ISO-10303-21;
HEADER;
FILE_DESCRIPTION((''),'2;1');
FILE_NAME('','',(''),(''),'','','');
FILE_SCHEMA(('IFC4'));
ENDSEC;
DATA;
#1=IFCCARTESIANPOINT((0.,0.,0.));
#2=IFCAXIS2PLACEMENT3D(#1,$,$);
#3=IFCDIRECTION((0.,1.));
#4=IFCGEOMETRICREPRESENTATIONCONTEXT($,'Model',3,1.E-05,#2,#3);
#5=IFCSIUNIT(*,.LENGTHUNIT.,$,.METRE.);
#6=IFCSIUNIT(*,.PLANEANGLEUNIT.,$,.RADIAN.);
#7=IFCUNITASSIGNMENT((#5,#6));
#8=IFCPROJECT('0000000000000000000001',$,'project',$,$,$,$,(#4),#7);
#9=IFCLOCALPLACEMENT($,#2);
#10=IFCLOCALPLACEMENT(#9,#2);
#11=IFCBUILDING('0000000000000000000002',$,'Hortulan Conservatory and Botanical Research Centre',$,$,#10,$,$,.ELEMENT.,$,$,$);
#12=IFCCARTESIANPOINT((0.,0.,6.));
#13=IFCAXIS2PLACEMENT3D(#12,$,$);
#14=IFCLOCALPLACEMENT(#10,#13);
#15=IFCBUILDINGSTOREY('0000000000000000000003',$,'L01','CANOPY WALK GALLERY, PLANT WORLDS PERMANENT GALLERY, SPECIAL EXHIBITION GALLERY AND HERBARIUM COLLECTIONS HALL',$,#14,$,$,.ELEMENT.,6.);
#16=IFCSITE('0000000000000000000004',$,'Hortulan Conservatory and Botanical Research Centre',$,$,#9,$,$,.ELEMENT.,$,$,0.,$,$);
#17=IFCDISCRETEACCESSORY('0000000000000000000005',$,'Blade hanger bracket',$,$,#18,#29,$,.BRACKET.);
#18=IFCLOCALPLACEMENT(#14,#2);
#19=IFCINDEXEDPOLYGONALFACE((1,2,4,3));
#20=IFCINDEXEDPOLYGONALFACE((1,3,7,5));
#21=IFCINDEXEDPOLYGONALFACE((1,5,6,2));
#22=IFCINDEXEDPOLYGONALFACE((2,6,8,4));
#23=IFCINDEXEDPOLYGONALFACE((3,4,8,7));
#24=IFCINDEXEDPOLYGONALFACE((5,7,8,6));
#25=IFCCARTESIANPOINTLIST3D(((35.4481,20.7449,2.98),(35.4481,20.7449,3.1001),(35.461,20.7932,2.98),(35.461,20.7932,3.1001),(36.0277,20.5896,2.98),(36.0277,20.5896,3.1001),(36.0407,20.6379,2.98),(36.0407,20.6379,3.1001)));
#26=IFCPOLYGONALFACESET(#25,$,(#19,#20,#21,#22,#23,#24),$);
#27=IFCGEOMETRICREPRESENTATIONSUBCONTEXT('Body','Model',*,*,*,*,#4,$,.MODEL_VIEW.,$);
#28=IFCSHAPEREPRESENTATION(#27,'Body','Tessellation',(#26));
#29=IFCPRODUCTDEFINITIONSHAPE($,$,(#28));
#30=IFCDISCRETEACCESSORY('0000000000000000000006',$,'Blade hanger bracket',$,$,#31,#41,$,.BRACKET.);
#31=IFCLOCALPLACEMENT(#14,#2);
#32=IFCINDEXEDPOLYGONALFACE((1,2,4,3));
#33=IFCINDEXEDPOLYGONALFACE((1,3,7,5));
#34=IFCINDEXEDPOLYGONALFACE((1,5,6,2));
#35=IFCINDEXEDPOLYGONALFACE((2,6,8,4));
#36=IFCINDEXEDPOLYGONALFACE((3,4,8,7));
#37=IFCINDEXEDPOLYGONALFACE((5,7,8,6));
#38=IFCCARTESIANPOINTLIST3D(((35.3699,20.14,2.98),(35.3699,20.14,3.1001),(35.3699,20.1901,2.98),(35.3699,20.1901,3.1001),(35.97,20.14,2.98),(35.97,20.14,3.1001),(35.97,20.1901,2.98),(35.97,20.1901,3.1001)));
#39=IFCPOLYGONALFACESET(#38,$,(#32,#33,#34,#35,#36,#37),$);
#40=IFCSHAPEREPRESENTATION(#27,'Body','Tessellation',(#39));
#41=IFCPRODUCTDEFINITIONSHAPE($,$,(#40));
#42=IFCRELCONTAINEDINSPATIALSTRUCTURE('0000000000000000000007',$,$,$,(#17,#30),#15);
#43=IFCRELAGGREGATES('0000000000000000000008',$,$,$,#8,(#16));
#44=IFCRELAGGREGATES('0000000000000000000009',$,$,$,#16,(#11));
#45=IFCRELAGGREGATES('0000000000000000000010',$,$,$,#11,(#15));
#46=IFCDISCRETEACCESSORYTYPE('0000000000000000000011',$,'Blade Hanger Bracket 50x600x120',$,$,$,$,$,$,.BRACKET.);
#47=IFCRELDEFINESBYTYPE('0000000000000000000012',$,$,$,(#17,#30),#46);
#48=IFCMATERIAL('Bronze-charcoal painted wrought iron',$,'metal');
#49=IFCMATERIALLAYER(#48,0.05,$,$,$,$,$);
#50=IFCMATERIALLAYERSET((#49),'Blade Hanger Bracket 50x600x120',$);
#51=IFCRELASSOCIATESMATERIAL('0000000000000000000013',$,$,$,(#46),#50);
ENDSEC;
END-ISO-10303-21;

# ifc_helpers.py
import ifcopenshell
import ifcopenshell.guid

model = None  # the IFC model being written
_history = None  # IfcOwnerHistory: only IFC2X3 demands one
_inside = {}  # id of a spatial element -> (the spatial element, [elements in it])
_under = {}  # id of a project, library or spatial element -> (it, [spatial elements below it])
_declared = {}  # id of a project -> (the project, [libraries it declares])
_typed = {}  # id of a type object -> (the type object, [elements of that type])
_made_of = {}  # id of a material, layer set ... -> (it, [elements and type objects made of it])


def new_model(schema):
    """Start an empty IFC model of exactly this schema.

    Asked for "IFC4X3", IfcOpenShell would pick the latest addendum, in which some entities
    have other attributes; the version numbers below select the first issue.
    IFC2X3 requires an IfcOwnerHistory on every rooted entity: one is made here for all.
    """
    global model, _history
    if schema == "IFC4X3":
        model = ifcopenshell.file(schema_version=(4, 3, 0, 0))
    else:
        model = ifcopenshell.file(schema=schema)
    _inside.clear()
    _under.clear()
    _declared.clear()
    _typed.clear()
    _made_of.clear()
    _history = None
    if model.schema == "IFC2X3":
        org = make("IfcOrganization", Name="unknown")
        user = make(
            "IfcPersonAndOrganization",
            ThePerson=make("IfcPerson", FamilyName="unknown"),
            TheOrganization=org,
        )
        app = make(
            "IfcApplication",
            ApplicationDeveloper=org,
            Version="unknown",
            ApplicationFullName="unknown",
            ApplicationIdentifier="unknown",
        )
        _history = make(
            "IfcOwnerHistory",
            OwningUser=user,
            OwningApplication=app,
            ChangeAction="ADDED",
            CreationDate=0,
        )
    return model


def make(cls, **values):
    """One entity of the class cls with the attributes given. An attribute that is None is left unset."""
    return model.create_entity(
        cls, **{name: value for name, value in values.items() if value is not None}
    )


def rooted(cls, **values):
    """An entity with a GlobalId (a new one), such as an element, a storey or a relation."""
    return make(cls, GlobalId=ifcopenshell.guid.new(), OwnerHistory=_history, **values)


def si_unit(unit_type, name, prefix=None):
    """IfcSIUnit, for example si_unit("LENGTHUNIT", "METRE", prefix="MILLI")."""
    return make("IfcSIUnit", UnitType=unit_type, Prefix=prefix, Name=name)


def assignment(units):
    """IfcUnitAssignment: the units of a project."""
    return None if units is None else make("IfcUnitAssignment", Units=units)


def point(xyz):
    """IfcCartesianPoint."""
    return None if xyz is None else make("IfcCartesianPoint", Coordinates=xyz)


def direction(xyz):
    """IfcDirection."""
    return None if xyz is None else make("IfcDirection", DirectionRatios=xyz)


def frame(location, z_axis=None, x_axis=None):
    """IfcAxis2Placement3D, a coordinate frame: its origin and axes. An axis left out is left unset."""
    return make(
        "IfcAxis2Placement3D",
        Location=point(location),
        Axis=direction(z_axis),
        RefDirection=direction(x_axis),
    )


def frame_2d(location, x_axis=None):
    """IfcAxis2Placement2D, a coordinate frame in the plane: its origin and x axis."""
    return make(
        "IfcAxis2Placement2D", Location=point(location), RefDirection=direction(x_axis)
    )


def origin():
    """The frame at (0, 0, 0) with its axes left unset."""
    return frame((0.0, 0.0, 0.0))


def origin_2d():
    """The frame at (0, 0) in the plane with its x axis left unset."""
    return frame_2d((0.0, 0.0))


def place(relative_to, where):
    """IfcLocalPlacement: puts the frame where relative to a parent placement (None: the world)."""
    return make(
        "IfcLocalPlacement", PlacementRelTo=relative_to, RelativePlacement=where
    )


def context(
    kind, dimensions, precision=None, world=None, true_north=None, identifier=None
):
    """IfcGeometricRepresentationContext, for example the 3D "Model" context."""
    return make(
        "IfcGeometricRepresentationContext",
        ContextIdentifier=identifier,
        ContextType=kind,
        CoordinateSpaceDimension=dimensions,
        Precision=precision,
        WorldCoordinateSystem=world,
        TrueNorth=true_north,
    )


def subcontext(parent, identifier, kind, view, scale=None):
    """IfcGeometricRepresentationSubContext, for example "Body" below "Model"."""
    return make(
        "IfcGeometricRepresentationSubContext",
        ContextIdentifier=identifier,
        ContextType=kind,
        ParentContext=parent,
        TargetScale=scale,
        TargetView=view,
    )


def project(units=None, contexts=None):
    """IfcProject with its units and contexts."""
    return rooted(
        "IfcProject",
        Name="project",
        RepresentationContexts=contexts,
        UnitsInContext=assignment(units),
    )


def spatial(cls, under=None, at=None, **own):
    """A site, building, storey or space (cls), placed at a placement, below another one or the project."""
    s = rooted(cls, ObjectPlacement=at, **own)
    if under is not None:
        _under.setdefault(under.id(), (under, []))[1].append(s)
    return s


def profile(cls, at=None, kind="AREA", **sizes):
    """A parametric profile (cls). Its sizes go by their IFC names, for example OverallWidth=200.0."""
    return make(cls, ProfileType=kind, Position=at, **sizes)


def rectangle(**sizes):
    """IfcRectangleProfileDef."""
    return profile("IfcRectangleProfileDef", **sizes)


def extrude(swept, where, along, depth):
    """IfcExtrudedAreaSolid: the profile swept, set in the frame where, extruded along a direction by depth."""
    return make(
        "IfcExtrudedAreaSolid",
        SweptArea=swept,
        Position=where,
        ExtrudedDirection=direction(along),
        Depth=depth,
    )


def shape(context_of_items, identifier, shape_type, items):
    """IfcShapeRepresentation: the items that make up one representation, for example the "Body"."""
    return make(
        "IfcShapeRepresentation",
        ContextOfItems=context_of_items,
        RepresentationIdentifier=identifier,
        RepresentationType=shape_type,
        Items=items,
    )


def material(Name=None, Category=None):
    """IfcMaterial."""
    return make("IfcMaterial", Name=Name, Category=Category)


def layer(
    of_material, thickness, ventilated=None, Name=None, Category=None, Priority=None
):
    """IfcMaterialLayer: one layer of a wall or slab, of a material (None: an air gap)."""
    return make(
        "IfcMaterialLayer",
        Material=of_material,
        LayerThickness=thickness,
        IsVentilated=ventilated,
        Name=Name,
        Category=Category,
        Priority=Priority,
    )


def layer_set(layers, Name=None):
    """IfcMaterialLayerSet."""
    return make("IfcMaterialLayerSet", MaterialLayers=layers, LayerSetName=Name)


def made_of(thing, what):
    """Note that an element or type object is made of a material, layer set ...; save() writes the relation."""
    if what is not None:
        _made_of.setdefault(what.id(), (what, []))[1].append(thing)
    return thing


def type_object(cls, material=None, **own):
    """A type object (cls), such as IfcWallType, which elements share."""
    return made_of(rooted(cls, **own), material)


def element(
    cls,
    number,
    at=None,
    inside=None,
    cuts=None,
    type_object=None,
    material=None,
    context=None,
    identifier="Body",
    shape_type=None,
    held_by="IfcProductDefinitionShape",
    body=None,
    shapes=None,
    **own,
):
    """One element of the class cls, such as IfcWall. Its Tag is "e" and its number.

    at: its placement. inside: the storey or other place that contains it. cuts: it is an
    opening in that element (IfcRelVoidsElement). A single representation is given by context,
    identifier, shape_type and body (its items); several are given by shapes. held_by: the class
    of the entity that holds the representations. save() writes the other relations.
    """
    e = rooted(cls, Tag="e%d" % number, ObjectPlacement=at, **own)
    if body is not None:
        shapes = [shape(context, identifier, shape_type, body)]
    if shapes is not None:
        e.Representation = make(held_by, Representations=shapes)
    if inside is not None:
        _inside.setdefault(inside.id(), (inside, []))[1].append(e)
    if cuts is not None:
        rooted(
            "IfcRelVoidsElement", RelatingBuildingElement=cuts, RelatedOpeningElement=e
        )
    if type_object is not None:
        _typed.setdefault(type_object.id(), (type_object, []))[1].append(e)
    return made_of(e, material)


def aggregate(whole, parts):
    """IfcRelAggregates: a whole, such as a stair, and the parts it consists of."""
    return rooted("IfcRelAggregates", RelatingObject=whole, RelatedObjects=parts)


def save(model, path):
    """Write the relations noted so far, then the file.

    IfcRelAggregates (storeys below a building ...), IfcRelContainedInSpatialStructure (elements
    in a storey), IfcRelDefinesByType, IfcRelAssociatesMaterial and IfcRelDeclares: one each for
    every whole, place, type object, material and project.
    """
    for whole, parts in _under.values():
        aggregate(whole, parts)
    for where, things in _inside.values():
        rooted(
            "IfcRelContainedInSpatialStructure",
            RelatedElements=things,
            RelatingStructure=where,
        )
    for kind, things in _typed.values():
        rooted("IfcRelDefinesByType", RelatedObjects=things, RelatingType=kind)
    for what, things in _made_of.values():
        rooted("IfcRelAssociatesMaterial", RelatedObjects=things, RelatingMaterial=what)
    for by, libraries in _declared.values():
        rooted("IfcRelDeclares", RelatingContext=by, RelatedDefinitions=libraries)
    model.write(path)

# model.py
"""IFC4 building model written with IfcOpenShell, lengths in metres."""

from ifc_helpers import new_model, si_unit, direction, frame, origin, origin_2d, place, context, subcontext, project, spatial, rectangle, extrude, material, layer, layer_set, type_object, element, save


model = new_model("IFC4")

# Units and contexts
model_context = context("Model", 3, precision=1e-05, world=origin(), true_north=direction((0.0, 1.0)))
body_context = subcontext(model_context, "Body", "Model", "MODEL_VIEW")
ifc_project = project(units=[si_unit("LENGTHUNIT", "METRE"), si_unit("PLANEANGLEUNIT", "RADIAN")], contexts=[model_context])

# Site, building, storey
site_placement = place(None, origin())
site = spatial("IfcSite", under=ifc_project, at=site_placement, Name="Hortulan Conservatory and Botanical Research Centre", CompositionType="ELEMENT", RefElevation=0.0)
building_placement = place(site_placement, origin())
building = spatial("IfcBuilding", under=site, at=building_placement, Name="Hortulan Conservatory and Botanical Research Centre", CompositionType="ELEMENT")
storey_placement = place(building_placement, frame((0.0, 0.0, 6.0)))
storey = spatial("IfcBuildingStorey", under=building, at=storey_placement, Name="L01", Description="CANOPY WALK GALLERY, PLANT WORLDS PERMANENT GALLERY, SPECIAL EXHIBITION GALLERY AND HERBARIUM COLLECTIONS HALL", CompositionType="ELEMENT", Elevation=6.0)

# Discrete accessories
ifc_material_1 = material(Name="Bronze-charcoal painted wrought iron", Category="metal")
ifc_layer_1 = layer(ifc_material_1, 0.05)
ifc_layer_set_1 = layer_set([ifc_layer_1], Name="Blade Hanger Bracket 50x600x120")
discrete_accessory_type = type_object("IfcDiscreteAccessoryType", Name="Blade Hanger Bracket 50x600x120", PredefinedType="BRACKET", material=ifc_layer_set_1)
for number, where, z_axis, x_axis, name in (
    (1, (35.7444, 20.6914, 2.98), (0.0, 0.0, 1.0), (0.258833, 0.965922, 0.0), "Blade hanger bracket"),
    (2, (35.6699, 20.165, 2.98), (0.0, 0.0, 1.0), (0.0, 1.0, 0.0), "Blade hanger bracket"),
):
    element("IfcDiscreteAccessory", number, at=place(storey_placement, frame(where, z_axis=z_axis, x_axis=x_axis)), inside=storey, type_object=discrete_accessory_type, Name=name, PredefinedType="BRACKET", context=body_context, shape_type="SweptSolid", body=[
        extrude(rectangle(XDim=0.05, YDim=0.6001, at=origin_2d()), origin(), (0.0, 0.0, 1.0), 0.1201),
    ])

save(model, "model.ifc")
